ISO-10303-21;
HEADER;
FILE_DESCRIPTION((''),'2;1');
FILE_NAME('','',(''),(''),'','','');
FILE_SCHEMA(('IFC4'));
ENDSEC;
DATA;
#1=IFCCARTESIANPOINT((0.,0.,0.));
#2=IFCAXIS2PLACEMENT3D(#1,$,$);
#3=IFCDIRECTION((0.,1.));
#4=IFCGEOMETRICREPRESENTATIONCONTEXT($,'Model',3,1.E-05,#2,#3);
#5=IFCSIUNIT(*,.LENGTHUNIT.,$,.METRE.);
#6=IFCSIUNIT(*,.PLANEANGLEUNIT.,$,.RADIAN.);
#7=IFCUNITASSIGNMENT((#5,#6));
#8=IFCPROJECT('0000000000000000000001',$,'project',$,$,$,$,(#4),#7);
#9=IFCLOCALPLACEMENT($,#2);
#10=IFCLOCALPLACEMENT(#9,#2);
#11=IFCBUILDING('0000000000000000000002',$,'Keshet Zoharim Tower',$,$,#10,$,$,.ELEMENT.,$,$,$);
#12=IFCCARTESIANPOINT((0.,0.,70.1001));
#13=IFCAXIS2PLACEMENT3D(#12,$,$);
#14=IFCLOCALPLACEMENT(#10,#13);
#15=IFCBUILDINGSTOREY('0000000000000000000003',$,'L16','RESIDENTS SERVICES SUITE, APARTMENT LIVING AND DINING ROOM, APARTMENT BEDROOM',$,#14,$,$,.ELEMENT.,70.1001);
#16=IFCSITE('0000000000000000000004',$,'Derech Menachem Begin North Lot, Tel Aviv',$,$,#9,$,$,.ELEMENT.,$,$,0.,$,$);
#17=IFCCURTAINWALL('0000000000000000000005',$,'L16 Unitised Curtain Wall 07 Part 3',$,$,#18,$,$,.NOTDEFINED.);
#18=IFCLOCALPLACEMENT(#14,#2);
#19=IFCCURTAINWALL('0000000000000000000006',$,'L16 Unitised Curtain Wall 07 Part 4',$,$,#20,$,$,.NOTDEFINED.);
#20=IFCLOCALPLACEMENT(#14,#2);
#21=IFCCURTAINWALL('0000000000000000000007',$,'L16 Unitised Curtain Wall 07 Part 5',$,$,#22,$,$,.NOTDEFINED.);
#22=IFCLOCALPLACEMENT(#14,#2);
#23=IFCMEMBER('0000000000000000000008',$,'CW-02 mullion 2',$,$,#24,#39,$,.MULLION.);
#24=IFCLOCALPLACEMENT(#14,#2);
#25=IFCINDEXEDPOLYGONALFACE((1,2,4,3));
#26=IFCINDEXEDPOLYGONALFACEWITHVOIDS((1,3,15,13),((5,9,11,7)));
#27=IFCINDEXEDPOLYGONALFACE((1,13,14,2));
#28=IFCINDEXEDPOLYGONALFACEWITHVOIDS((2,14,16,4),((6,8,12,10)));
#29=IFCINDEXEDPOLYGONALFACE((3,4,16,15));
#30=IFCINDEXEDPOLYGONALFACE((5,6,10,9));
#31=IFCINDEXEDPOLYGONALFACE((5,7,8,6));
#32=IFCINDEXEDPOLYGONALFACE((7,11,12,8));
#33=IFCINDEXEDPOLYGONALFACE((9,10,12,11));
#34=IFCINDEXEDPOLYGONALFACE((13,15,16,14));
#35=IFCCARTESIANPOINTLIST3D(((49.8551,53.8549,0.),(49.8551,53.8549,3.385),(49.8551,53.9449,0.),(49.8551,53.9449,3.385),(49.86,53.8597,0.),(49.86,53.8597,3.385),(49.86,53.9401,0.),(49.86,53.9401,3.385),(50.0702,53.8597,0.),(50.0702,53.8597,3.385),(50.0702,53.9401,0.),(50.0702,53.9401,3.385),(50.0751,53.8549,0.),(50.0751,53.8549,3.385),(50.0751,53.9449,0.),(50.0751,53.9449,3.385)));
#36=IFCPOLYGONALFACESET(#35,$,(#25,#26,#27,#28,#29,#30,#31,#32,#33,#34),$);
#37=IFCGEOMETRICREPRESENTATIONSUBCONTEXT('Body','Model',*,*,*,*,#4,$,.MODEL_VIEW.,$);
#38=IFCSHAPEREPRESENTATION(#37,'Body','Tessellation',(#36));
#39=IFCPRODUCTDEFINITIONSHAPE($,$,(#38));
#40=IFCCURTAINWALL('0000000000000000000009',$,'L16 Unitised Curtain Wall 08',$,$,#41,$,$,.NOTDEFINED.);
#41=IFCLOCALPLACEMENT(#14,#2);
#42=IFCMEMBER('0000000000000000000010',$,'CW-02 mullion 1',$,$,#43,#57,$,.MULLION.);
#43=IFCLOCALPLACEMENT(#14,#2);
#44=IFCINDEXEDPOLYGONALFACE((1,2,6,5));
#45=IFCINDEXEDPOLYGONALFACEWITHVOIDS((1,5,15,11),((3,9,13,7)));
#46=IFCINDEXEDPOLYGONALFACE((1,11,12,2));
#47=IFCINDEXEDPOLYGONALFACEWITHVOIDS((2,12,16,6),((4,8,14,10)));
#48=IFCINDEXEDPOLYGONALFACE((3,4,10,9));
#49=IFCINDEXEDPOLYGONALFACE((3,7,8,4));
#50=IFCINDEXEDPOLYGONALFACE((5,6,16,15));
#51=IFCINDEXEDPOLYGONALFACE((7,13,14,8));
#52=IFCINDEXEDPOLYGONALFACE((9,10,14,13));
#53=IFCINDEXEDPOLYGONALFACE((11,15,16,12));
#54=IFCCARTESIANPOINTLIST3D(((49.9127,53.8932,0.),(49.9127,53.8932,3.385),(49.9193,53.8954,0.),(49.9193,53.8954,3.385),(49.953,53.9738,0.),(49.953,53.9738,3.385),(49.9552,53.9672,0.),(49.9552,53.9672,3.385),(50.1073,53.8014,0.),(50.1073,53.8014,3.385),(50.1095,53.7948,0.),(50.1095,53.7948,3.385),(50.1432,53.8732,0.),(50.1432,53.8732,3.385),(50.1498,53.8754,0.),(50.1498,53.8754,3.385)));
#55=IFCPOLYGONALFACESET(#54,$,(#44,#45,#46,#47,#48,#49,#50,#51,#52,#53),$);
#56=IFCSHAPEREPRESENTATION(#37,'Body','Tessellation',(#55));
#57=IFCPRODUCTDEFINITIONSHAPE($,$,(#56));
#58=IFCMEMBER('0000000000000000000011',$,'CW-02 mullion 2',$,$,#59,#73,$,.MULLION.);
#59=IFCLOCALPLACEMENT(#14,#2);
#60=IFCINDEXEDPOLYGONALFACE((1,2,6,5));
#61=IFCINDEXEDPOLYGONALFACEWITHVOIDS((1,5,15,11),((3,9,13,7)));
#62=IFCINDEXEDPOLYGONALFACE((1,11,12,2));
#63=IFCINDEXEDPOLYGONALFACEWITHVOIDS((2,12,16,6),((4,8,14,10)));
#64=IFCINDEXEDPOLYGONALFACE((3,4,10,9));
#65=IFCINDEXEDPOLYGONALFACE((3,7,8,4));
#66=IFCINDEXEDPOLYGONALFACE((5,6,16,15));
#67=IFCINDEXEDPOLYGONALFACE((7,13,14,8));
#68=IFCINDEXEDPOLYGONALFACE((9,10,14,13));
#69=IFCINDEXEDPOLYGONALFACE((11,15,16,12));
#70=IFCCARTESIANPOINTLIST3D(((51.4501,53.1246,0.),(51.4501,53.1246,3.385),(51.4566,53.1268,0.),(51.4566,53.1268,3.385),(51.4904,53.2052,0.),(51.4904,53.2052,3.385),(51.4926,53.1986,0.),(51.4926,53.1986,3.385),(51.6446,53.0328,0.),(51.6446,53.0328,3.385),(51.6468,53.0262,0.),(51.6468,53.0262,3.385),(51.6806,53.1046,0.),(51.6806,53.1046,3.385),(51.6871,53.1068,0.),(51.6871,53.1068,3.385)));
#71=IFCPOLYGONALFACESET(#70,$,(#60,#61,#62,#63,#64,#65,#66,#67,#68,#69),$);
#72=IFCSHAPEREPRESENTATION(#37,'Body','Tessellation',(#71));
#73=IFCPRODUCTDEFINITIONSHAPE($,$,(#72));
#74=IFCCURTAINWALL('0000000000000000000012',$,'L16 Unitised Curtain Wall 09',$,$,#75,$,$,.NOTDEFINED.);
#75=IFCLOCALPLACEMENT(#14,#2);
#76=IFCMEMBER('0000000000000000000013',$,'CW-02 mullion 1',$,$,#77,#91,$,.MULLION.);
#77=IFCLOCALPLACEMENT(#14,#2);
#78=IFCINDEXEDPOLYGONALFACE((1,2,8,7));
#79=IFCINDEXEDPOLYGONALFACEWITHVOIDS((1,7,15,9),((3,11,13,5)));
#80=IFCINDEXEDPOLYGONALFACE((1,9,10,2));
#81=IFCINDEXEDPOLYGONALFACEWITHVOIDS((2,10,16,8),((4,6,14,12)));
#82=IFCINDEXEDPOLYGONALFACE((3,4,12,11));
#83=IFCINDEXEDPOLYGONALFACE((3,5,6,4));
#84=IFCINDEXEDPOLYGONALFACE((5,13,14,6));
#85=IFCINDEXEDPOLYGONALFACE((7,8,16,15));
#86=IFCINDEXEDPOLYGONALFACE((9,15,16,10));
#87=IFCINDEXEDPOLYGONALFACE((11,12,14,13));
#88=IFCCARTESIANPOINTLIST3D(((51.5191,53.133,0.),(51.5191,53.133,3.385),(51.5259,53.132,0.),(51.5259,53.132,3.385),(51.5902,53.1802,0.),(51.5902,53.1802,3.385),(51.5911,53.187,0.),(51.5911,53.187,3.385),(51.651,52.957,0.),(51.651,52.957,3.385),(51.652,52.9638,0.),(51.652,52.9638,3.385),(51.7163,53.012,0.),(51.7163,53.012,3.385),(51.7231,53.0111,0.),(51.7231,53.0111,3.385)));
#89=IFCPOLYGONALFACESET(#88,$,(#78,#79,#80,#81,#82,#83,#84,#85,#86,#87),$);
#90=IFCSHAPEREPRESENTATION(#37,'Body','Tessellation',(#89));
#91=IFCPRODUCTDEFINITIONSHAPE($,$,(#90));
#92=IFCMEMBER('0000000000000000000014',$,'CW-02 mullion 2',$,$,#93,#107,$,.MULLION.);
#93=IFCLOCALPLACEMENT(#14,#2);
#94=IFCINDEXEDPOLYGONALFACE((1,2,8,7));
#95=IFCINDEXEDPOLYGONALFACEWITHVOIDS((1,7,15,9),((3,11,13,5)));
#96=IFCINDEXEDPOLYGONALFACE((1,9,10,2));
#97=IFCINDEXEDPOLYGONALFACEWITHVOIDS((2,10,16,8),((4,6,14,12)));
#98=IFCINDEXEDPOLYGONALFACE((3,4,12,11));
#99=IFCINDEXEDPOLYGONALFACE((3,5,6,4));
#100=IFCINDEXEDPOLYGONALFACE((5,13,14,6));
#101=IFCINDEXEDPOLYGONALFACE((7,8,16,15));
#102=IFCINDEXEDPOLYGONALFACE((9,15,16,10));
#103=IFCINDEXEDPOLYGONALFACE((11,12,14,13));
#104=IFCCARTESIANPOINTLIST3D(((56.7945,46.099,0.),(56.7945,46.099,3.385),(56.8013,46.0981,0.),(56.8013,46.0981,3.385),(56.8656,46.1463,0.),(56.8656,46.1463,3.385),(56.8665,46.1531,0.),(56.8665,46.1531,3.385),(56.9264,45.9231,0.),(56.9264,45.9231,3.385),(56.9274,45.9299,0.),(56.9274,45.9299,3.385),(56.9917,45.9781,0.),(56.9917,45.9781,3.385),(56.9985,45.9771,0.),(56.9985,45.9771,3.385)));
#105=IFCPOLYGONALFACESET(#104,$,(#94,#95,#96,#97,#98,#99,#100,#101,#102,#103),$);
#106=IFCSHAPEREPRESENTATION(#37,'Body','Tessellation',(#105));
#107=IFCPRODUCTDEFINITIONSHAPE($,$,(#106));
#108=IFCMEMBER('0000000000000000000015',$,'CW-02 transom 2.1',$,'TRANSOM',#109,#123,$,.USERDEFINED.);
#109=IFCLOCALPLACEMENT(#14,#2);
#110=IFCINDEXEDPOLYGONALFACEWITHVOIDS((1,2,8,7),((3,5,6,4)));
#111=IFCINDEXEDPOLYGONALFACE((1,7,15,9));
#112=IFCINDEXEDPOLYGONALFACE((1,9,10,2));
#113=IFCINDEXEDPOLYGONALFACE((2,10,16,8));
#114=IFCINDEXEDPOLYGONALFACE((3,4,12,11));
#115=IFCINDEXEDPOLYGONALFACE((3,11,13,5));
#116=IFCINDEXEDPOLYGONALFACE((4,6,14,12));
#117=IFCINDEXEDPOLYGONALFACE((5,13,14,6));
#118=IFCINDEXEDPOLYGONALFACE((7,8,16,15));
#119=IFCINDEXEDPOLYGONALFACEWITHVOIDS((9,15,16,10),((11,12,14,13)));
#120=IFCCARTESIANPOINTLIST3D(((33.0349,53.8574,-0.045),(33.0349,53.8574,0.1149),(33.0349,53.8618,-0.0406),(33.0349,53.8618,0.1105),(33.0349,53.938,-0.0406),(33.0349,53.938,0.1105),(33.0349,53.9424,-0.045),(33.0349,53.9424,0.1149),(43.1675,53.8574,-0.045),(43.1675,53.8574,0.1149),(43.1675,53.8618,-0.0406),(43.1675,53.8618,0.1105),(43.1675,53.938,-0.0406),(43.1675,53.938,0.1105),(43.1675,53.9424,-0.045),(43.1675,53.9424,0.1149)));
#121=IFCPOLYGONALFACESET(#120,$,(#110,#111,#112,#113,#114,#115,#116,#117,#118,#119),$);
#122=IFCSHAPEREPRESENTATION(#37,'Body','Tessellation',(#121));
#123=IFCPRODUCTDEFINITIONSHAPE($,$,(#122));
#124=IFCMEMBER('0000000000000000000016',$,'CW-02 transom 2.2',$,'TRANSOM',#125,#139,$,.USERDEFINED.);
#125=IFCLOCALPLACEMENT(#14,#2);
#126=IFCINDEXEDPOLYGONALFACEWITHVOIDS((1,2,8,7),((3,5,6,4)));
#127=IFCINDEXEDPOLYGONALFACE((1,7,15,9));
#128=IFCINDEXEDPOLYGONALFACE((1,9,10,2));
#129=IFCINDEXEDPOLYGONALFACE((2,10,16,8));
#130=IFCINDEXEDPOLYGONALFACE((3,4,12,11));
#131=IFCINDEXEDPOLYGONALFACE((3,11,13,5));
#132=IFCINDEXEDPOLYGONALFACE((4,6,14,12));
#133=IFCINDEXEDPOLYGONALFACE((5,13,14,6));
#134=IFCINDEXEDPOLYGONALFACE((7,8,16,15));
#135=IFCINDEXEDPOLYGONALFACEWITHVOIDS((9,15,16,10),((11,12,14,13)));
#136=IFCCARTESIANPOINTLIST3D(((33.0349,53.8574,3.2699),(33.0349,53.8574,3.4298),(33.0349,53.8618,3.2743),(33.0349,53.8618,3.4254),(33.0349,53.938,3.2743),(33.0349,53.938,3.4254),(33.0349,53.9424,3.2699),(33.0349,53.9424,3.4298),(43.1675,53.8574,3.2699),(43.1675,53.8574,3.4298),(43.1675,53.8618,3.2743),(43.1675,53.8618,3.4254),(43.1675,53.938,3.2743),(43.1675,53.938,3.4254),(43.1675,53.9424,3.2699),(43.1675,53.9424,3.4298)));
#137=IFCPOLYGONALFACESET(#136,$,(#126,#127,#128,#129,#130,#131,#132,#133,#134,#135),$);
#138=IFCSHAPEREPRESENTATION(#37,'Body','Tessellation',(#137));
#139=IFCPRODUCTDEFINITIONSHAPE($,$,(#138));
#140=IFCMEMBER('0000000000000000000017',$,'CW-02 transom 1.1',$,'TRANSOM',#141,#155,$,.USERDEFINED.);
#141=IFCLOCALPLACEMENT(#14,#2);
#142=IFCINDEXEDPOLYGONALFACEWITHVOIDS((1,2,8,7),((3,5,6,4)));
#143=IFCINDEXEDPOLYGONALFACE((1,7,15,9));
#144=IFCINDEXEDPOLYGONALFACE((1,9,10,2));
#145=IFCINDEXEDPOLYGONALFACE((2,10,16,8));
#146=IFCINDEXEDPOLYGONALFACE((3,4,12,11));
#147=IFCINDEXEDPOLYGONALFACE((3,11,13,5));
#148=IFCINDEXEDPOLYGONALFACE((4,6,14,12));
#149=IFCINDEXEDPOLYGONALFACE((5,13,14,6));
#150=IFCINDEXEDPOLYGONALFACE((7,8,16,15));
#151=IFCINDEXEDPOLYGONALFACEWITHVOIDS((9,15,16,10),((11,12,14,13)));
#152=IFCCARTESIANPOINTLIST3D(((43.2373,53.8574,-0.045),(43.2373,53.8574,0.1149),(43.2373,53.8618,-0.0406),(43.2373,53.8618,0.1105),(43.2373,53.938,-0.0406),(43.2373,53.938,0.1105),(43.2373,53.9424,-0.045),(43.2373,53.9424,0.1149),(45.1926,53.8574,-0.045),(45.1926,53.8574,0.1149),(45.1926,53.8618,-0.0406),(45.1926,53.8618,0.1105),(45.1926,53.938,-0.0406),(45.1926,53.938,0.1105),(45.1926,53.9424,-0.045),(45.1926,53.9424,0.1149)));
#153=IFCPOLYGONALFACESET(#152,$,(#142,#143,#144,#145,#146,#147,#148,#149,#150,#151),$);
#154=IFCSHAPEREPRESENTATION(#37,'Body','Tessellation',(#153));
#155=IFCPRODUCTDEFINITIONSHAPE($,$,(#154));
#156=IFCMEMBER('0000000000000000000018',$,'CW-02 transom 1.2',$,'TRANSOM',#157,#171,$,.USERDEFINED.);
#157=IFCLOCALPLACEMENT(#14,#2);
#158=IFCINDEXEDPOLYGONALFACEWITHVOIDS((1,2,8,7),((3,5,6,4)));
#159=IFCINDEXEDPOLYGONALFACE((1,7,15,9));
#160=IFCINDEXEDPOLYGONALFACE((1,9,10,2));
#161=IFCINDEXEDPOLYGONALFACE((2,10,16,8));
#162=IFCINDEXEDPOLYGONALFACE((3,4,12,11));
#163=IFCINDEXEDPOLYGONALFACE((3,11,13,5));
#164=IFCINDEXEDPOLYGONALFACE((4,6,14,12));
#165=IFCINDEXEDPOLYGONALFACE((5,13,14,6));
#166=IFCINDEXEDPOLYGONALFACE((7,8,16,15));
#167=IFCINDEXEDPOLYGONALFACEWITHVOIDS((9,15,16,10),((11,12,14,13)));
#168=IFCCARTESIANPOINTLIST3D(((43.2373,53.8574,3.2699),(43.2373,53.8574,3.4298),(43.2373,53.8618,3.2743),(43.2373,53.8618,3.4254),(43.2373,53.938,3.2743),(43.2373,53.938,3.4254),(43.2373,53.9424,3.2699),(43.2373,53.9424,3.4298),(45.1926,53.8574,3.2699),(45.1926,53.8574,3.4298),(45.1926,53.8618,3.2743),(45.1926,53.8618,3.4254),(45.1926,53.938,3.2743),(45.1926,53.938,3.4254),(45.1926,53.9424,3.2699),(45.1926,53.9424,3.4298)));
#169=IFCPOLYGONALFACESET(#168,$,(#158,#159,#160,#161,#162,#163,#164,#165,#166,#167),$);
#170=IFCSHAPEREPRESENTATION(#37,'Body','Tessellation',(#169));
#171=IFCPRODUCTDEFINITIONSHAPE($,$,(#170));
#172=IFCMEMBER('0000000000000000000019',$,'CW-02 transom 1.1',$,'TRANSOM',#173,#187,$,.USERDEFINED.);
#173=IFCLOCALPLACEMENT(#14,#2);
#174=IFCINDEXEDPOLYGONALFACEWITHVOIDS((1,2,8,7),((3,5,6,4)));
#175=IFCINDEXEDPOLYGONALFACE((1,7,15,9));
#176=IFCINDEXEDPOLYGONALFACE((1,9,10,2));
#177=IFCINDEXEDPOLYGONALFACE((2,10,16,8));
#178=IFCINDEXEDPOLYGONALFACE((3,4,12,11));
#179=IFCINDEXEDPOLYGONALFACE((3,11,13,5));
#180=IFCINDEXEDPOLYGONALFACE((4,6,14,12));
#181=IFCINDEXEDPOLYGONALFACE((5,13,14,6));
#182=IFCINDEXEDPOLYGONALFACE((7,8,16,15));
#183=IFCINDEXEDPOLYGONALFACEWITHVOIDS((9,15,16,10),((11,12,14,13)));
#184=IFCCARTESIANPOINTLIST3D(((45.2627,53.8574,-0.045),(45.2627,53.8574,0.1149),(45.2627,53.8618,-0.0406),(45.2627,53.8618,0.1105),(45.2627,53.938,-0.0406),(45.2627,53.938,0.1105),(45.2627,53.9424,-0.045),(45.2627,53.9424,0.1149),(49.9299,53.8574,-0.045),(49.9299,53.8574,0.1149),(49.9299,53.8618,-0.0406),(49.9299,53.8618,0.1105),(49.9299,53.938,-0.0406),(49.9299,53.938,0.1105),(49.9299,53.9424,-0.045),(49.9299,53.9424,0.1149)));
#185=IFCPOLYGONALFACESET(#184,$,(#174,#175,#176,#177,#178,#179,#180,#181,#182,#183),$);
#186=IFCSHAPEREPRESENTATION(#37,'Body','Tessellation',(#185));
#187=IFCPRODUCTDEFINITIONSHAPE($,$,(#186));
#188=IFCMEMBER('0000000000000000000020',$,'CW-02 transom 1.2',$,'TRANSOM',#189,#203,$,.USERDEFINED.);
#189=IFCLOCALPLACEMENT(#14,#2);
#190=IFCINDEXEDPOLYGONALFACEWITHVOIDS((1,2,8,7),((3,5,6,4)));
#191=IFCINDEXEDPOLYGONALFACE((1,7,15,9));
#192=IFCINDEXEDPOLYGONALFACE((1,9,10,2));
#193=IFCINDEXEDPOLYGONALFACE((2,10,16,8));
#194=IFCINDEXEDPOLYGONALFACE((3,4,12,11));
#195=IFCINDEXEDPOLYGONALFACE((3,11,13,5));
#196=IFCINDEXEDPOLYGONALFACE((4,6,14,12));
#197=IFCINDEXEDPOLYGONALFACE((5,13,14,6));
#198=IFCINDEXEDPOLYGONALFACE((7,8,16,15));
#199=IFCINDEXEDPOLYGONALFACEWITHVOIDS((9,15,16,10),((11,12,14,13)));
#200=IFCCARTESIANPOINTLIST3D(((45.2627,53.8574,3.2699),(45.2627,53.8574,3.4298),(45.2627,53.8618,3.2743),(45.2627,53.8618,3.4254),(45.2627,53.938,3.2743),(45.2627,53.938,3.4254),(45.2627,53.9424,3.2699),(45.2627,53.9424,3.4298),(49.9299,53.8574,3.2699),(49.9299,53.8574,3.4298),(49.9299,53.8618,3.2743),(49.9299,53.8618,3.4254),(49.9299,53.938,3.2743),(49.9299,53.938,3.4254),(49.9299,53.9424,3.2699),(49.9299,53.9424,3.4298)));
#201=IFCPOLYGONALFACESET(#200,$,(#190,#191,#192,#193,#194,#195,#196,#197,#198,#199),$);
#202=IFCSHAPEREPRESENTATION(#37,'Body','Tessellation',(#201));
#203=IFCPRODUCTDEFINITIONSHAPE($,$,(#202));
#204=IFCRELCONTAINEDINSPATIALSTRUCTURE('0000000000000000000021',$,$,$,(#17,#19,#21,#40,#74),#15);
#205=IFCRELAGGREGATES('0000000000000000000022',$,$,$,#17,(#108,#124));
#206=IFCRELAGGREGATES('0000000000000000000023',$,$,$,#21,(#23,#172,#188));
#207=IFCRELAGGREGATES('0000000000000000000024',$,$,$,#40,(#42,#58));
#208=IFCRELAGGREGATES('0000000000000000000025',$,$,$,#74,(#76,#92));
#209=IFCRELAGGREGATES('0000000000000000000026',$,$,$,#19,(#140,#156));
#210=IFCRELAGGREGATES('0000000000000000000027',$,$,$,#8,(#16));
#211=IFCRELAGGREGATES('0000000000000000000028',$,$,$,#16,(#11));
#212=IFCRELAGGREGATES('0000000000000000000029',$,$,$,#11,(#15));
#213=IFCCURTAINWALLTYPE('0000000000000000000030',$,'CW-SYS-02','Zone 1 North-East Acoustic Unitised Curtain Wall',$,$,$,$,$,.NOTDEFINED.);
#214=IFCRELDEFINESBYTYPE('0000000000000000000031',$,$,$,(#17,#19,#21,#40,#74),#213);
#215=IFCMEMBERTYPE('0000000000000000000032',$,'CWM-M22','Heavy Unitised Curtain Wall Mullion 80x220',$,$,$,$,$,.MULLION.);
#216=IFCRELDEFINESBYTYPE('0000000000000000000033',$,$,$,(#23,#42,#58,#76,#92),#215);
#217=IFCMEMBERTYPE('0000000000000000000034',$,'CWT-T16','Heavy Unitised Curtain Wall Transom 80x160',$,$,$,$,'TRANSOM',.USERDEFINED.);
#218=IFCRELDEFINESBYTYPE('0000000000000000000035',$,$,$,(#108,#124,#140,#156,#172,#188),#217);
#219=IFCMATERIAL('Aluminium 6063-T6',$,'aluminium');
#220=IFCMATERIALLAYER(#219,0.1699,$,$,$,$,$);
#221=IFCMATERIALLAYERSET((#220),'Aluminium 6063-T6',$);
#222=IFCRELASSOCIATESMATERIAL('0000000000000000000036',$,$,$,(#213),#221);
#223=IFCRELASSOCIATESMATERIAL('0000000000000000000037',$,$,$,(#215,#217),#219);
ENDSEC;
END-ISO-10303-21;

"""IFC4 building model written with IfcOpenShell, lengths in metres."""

from ifc_helpers import new_model, si_unit, direction, frame, origin, origin_2d, place, context, subcontext, project, spatial, hollow_rectangle, extrude, material, layer, layer_set, material_profile, profile_set, type_object, element, aggregate, save


model = new_model("IFC4")

# Units and contexts
model_context = context("Model", 3, precision=1e-05, world=origin(), true_north=direction((0.0, 1.0)))
body_context = subcontext(model_context, "Body", "Model", "MODEL_VIEW")
ifc_project = project(units=[si_unit("LENGTHUNIT", "METRE"), si_unit("PLANEANGLEUNIT", "RADIAN")], contexts=[model_context])

# Site, building, storey
site_placement = place(None, origin())
site = spatial("IfcSite", under=ifc_project, at=site_placement, Name="Derech Menachem Begin North Lot, Tel Aviv", CompositionType="ELEMENT", RefElevation=0.0)
building_placement = place(site_placement, origin())
building = spatial("IfcBuilding", under=site, at=building_placement, Name="Keshet Zoharim Tower", CompositionType="ELEMENT")
storey_placement = place(building_placement, frame((0.0, 0.0, 70.1001)))
storey = spatial("IfcBuildingStorey", under=building, at=storey_placement, Name="L16", Description="RESIDENTS SERVICES SUITE, APARTMENT LIVING AND DINING ROOM, APARTMENT BEDROOM", CompositionType="ELEMENT", Elevation=70.1001)

# Curtain wall
ifc_material_1 = material(Name="Aluminium 6063-T6", Category="aluminium")
ifc_layer_1 = layer(ifc_material_1, 0.1699)
ifc_layer_set_1 = layer_set([ifc_layer_1], Name="Aluminium 6063-T6")
curtain_wall_type = type_object("IfcCurtainWallType", Name="CW-SYS-02", Description="Zone 1 North-East Acoustic Unitised Curtain Wall", PredefinedType="NOTDEFINED", material=ifc_layer_set_1)
curtain_wall_1_placement = place(storey_placement, origin())
curtain_wall_1 = element("IfcCurtainWall", 1, at=curtain_wall_1_placement, inside=storey, type_object=curtain_wall_type, Name="L16 Unitised Curtain Wall 07 Part 3", PredefinedType="NOTDEFINED")
ifc_material_profile_1 = material_profile(ifc_material_1, hollow_rectangle(XDim=0.0901, YDim=0.22, WallThickness=0.0049, at=origin_2d()), Name="MUL-90x220")
ifc_profile_set_1 = profile_set([ifc_material_profile_1], Name="Aluminium 6063-T6")
member_type_1 = type_object("IfcMemberType", Name="CWM-M22", Description="Heavy Unitised Curtain Wall Mullion 80x220", PredefinedType="MULLION", material=ifc_profile_set_1)

# Curtain walls, member
curtain_wall_2_placement = place(storey_placement, origin())
curtain_wall_2 = element("IfcCurtainWall", 2, at=curtain_wall_2_placement, inside=storey, type_object=curtain_wall_type, Name="L16 Unitised Curtain Wall 07 Part 4", PredefinedType="NOTDEFINED")
curtain_wall_3_placement = place(storey_placement, origin())
curtain_wall_3 = element("IfcCurtainWall", 3, at=curtain_wall_3_placement, inside=storey, type_object=curtain_wall_type, Name="L16 Unitised Curtain Wall 07 Part 5", PredefinedType="NOTDEFINED")
member_1_placement = place(storey_placement, frame((49.9651, 53.8999, 0.0), z_axis=(0.0, 0.0, 1.0), x_axis=(0.0, 1.0, 0.0)))
member_1 = element("IfcMember", 4, at=member_1_placement, type_object=member_type_1, Name="CW-02 mullion 2", PredefinedType="MULLION", context=body_context, shape_type="SweptSolid", body=[
    extrude(hollow_rectangle(XDim=0.0901, YDim=0.22, WallThickness=0.0049, at=origin_2d()), origin(), (0.0, 0.0, 1.0), 3.385),
])

# Curtain walls, members
curtain_wall_4_placement = place(storey_placement, origin())
curtain_wall_4 = element("IfcCurtainWall", 5, at=curtain_wall_4_placement, inside=storey, type_object=curtain_wall_type, Name="L16 Unitised Curtain Wall 08", PredefinedType="NOTDEFINED")
member_2_placement = place(storey_placement, frame((50.0312, 53.8843, 0.0), z_axis=(0.0, 0.0, 1.0), x_axis=(0.447214, 0.894427, 0.0)))
member_2 = element("IfcMember", 6, at=member_2_placement, type_object=member_type_1, Name="CW-02 mullion 1", PredefinedType="MULLION", context=body_context, shape_type="SweptSolid", body=[
    extrude(hollow_rectangle(XDim=0.0901, YDim=0.22, WallThickness=0.0049, at=origin_2d()), origin(), (0.0, 0.0, 1.0), 3.385),
])
member_3_placement = place(storey_placement, frame((51.5686, 53.1157, 0.0), z_axis=(0.0, 0.0, 1.0), x_axis=(0.447214, 0.894427, 0.0)))
member_3 = element("IfcMember", 7, at=member_3_placement, type_object=member_type_1, Name="CW-02 mullion 2", PredefinedType="MULLION", context=body_context, shape_type="SweptSolid", body=[
    extrude(hollow_rectangle(XDim=0.0901, YDim=0.22, WallThickness=0.0049, at=origin_2d()), origin(), (0.0, 0.0, 1.0), 3.385),
])
curtain_wall_5_placement = place(storey_placement, origin())
curtain_wall_5 = element("IfcCurtainWall", 8, at=curtain_wall_5_placement, inside=storey, type_object=curtain_wall_type, Name="L16 Unitised Curtain Wall 09", PredefinedType="NOTDEFINED")
member_4_placement = place(storey_placement, frame((51.6211, 53.072, 0.0), z_axis=(0.0, 0.0, 1.0), x_axis=(0.8, 0.6, 0.0)))
member_4 = element("IfcMember", 9, at=member_4_placement, type_object=member_type_1, Name="CW-02 mullion 1", PredefinedType="MULLION", context=body_context, shape_type="SweptSolid", body=[
    extrude(hollow_rectangle(XDim=0.0901, YDim=0.22, WallThickness=0.0049, at=origin_2d()), origin(), (0.0, 0.0, 1.0), 3.385),
])
member_5_placement = place(storey_placement, frame((56.8965, 46.0381, 0.0), z_axis=(0.0, 0.0, 1.0), x_axis=(0.8, 0.6, 0.0)))
member_5 = element("IfcMember", 10, at=member_5_placement, type_object=member_type_1, Name="CW-02 mullion 2", PredefinedType="MULLION", context=body_context, shape_type="SweptSolid", body=[
    extrude(hollow_rectangle(XDim=0.0901, YDim=0.22, WallThickness=0.0049, at=origin_2d()), origin(), (0.0, 0.0, 1.0), 3.385),
])

# Members
ifc_material_profile_2 = material_profile(ifc_material_1, hollow_rectangle(XDim=0.085, YDim=0.1599, WallThickness=0.0044, at=origin_2d()), Name="TRN-85x160")
ifc_profile_set_2 = profile_set([ifc_material_profile_2], Name="Aluminium 6063-T6")
member_type_2 = type_object("IfcMemberType", Name="CWT-T16", Description="Heavy Unitised Curtain Wall Transom 80x160", ElementType="TRANSOM", PredefinedType="USERDEFINED", material=ifc_profile_set_2)
member_6_placement = place(storey_placement, frame((33.0349, 53.8999, 0.0349), z_axis=(1.0, 0.0, 0.0), x_axis=(0.0, 1.0, 0.0)))
member_6 = element("IfcMember", 11, at=member_6_placement, type_object=member_type_2, Name="CW-02 transom 2.1", ObjectType="TRANSOM", PredefinedType="USERDEFINED", context=body_context, shape_type="SweptSolid", body=[
    extrude(hollow_rectangle(XDim=0.085, YDim=0.1599, WallThickness=0.0044, at=origin_2d()), origin(), (0.0, 0.0, 1.0), 10.1326),
])
member_7_placement = place(storey_placement, frame((33.0349, 53.8999, 3.3499), z_axis=(1.0, 0.0, 0.0), x_axis=(0.0, 1.0, 0.0)))
member_7 = element("IfcMember", 12, at=member_7_placement, type_object=member_type_2, Name="CW-02 transom 2.2", ObjectType="TRANSOM", PredefinedType="USERDEFINED", context=body_context, shape_type="SweptSolid", body=[
    extrude(hollow_rectangle(XDim=0.085, YDim=0.1599, WallThickness=0.0044, at=origin_2d()), origin(), (0.0, 0.0, 1.0), 10.1326),
])
member_8_placement = place(storey_placement, frame((43.2373, 53.8999, 0.0349), z_axis=(1.0, 0.0, 0.0), x_axis=(0.0, 1.0, 0.0)))
member_8 = element("IfcMember", 13, at=member_8_placement, type_object=member_type_2, Name="CW-02 transom 1.1", ObjectType="TRANSOM", PredefinedType="USERDEFINED", context=body_context, shape_type="SweptSolid", body=[
    extrude(hollow_rectangle(XDim=0.085, YDim=0.1599, WallThickness=0.0044, at=origin_2d()), origin(), (0.0, 0.0, 1.0), 1.9553),
])
member_9_placement = place(storey_placement, frame((43.2373, 53.8999, 3.3499), z_axis=(1.0, 0.0, 0.0), x_axis=(0.0, 1.0, 0.0)))
member_9 = element("IfcMember", 14, at=member_9_placement, type_object=member_type_2, Name="CW-02 transom 1.2", ObjectType="TRANSOM", PredefinedType="USERDEFINED", context=body_context, shape_type="SweptSolid", body=[
    extrude(hollow_rectangle(XDim=0.085, YDim=0.1599, WallThickness=0.0044, at=origin_2d()), origin(), (0.0, 0.0, 1.0), 1.9553),
])
member_10_placement = place(storey_placement, frame((45.2627, 53.8999, 0.0349), z_axis=(1.0, 0.0, 0.0), x_axis=(0.0, 1.0, 0.0)))
member_10 = element("IfcMember", 15, at=member_10_placement, type_object=member_type_2, Name="CW-02 transom 1.1", ObjectType="TRANSOM", PredefinedType="USERDEFINED", context=body_context, shape_type="SweptSolid", body=[
    extrude(hollow_rectangle(XDim=0.085, YDim=0.1599, WallThickness=0.0044, at=origin_2d()), origin(), (0.0, 0.0, 1.0), 4.6672),
])
member_11_placement = place(storey_placement, frame((45.2627, 53.8999, 3.3499), z_axis=(1.0, 0.0, 0.0), x_axis=(0.0, 1.0, 0.0)))
member_11 = element("IfcMember", 16, at=member_11_placement, type_object=member_type_2, Name="CW-02 transom 1.2", ObjectType="TRANSOM", PredefinedType="USERDEFINED", context=body_context, shape_type="SweptSolid", body=[
    extrude(hollow_rectangle(XDim=0.085, YDim=0.1599, WallThickness=0.0044, at=origin_2d()), origin(), (0.0, 0.0, 1.0), 4.6672),
])

aggregate(curtain_wall_1, [member_6, member_7])
aggregate(curtain_wall_3, [member_1, member_10, member_11])
aggregate(curtain_wall_4, [member_2, member_3])
aggregate(curtain_wall_5, [member_4, member_5])
aggregate(curtain_wall_2, [member_8, member_9])

save(model, "model.ifc")
